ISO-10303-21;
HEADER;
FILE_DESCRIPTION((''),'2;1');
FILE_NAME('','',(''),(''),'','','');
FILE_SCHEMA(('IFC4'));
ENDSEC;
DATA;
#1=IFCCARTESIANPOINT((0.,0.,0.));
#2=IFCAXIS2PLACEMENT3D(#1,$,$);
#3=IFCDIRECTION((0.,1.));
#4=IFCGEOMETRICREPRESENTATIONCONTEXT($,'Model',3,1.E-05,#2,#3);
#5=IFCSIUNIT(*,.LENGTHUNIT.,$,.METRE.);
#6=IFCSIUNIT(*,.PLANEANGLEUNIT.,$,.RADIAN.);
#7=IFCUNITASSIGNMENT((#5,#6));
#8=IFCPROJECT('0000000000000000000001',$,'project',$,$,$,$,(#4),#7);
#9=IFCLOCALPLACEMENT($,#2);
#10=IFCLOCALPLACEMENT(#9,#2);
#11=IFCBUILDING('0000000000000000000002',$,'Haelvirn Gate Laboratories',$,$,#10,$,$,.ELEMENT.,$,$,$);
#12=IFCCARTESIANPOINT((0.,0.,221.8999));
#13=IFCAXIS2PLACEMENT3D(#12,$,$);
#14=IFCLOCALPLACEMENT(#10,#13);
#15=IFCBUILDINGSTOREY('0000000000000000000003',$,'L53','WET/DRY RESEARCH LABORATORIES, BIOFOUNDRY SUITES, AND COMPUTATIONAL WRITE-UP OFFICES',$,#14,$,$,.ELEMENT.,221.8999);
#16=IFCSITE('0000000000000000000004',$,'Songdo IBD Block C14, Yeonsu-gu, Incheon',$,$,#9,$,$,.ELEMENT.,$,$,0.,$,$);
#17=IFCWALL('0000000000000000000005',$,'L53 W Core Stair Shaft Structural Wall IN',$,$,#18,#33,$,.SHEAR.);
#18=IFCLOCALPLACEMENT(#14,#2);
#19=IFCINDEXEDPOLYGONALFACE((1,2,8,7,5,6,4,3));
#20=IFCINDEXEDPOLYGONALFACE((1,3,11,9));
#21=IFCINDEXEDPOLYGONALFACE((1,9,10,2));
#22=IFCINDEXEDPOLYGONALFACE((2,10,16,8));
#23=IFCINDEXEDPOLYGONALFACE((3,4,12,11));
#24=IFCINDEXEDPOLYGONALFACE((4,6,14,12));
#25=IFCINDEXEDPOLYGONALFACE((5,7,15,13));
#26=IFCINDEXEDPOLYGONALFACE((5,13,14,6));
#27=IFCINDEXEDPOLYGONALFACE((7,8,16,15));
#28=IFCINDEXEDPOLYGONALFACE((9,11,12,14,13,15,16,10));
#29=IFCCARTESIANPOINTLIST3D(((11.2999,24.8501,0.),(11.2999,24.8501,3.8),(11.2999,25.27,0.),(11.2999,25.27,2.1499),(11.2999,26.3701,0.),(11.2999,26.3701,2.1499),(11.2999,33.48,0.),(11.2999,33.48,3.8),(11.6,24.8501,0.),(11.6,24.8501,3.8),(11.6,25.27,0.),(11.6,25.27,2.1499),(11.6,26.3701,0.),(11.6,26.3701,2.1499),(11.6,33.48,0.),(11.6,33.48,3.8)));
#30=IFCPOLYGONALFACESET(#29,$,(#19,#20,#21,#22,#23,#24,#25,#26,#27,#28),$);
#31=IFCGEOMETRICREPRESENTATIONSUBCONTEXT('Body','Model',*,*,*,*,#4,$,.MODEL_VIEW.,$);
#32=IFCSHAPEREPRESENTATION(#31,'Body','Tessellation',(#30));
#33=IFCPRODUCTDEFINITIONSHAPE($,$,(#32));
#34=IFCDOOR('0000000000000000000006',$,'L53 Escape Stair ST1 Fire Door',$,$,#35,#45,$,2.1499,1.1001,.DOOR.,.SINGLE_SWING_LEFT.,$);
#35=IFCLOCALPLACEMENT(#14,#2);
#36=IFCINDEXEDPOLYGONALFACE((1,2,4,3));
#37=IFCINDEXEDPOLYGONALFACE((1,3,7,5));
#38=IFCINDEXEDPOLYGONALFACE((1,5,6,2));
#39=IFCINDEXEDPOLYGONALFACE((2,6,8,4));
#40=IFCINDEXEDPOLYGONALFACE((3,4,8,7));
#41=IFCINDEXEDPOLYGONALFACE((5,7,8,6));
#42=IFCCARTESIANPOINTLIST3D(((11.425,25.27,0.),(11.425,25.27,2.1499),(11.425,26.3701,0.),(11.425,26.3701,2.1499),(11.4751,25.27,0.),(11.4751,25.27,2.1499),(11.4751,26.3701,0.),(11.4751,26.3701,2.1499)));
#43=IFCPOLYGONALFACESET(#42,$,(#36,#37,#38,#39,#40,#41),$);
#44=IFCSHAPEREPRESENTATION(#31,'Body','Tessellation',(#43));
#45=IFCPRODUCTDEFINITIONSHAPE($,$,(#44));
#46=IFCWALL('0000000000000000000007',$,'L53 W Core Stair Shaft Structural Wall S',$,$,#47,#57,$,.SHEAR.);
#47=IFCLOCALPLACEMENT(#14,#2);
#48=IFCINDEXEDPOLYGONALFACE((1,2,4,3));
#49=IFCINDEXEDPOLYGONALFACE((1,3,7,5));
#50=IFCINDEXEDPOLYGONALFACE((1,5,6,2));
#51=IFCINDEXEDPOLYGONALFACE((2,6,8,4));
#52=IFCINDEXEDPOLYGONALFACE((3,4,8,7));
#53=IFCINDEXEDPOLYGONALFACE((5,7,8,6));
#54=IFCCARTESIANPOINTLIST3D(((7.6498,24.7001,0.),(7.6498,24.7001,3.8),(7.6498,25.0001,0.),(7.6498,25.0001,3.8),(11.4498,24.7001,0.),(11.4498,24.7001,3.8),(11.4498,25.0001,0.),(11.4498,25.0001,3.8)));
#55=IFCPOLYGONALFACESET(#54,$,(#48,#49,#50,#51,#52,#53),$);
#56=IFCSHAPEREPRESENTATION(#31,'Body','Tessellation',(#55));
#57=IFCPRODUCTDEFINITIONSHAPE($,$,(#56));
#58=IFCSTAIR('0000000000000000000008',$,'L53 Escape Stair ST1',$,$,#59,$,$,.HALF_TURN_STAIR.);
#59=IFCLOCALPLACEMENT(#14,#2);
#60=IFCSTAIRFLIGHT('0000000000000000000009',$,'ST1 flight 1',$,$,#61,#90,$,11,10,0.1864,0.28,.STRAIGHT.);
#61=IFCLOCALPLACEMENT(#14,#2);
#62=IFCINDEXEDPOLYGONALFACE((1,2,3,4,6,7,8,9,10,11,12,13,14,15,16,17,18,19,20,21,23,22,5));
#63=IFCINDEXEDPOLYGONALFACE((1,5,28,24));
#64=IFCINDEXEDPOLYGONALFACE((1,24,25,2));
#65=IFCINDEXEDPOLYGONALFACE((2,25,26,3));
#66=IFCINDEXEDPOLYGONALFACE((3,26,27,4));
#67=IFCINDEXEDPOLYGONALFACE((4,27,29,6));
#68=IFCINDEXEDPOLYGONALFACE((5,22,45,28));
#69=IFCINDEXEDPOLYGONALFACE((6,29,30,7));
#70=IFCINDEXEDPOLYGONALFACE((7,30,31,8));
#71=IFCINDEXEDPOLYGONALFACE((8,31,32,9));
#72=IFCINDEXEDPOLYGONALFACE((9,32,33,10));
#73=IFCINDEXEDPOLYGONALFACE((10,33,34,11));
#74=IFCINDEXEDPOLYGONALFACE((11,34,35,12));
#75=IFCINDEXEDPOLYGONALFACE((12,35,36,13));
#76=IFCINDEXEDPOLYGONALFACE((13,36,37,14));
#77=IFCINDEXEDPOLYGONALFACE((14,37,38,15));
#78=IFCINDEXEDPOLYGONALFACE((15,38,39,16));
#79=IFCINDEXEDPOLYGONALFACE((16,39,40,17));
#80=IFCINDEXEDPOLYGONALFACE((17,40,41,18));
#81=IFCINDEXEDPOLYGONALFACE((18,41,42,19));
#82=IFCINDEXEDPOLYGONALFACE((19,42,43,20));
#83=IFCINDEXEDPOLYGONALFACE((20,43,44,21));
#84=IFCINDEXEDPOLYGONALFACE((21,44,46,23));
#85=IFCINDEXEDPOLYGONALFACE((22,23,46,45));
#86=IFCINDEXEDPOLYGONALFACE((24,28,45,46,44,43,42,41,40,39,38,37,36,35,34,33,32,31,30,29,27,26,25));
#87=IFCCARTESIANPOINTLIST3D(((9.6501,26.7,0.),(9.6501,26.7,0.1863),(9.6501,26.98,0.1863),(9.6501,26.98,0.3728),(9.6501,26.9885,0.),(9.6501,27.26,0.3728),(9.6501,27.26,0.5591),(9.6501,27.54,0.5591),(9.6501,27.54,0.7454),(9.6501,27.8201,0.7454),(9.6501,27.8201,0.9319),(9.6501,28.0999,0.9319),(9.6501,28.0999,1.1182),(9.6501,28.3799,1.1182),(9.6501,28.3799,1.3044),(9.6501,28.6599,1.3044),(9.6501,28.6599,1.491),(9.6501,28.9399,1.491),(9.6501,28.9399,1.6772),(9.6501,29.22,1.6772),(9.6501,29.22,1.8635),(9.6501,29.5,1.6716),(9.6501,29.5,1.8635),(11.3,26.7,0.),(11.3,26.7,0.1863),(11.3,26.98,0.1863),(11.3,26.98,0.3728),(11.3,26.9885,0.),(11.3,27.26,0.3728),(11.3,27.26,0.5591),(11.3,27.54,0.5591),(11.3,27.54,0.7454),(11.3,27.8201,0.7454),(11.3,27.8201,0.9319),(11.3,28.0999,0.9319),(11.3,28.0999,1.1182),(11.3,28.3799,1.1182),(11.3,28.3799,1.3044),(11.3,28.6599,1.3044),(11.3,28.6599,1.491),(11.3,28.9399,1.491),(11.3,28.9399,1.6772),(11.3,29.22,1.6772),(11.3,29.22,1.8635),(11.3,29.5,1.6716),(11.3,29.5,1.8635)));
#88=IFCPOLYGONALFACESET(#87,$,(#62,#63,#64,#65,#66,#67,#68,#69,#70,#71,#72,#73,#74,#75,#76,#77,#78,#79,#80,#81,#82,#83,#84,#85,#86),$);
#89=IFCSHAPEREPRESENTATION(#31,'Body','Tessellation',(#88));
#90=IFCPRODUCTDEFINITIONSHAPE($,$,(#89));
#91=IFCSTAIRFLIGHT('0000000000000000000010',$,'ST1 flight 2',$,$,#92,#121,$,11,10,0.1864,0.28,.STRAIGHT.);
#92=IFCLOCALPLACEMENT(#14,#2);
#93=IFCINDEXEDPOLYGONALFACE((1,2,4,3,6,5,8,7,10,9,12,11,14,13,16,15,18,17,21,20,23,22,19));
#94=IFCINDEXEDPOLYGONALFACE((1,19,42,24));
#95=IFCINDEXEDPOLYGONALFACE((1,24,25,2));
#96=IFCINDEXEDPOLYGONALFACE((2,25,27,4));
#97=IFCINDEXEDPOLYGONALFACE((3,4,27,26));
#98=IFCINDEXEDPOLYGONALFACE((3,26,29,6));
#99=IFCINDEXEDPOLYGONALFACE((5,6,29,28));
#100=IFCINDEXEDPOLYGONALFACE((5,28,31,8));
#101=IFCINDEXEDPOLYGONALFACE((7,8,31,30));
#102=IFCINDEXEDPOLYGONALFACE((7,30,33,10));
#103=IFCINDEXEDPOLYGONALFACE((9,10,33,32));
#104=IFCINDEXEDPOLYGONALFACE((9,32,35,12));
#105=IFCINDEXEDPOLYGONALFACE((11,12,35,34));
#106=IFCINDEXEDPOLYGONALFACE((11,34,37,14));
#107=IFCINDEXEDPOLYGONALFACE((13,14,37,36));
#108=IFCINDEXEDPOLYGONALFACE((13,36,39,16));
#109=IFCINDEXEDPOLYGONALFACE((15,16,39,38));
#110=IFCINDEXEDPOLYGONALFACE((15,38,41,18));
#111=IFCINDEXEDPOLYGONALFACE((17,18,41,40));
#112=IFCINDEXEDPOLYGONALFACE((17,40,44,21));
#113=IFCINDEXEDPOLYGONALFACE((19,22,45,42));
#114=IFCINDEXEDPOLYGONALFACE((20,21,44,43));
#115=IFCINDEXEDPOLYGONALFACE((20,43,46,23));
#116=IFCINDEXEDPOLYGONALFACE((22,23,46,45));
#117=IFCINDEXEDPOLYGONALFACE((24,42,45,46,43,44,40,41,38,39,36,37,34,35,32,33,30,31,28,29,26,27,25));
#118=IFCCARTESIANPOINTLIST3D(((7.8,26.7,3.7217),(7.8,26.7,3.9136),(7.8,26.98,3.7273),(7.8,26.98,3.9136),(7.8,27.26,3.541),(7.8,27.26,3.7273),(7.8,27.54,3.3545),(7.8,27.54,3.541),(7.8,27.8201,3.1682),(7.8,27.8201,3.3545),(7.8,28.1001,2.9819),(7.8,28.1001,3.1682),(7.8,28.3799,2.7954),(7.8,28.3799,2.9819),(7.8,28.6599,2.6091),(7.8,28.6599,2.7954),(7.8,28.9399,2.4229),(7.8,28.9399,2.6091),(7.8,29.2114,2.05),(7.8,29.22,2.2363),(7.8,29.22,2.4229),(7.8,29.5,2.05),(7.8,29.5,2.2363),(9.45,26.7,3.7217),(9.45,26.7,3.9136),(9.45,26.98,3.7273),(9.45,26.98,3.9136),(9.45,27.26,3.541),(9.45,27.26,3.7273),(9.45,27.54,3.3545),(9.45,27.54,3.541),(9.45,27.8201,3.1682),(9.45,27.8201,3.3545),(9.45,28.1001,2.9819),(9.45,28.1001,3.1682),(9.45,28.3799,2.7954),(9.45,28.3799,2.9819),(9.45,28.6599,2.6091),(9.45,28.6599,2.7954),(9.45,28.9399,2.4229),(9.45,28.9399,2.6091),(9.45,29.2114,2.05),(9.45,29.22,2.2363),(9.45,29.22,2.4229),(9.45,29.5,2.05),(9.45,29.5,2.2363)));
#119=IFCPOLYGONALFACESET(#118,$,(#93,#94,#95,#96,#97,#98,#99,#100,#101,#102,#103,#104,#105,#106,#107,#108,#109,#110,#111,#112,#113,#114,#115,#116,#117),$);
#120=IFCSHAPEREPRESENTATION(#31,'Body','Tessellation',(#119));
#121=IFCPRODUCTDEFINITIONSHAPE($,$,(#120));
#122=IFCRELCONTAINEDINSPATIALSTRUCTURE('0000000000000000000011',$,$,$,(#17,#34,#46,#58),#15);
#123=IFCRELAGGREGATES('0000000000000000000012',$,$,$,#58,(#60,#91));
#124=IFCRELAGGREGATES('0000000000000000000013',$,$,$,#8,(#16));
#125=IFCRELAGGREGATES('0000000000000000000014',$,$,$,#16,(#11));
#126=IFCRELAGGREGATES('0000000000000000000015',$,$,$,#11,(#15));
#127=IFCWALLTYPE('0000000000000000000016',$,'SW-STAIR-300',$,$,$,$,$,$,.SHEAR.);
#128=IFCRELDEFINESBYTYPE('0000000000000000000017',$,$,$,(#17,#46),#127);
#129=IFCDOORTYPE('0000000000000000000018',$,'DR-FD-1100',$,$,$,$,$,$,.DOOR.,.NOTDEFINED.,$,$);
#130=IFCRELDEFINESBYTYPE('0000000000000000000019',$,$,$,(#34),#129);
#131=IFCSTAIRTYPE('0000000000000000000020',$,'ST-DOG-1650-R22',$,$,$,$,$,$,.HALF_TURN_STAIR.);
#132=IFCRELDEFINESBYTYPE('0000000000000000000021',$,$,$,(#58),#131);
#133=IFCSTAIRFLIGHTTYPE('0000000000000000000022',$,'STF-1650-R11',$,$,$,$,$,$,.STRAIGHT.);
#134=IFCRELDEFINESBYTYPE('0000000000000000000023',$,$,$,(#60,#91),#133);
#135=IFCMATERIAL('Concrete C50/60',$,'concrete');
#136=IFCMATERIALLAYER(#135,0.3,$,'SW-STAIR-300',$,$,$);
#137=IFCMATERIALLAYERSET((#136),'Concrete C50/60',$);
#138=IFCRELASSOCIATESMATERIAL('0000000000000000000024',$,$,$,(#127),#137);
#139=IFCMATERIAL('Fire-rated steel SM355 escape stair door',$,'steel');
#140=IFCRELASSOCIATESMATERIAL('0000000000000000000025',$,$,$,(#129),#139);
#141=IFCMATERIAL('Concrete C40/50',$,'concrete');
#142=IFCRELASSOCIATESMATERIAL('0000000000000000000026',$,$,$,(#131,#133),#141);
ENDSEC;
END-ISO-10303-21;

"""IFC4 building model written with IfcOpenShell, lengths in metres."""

from ifc_helpers import new_model, si_unit, direction, frame, frame_2d, origin, place, context, subcontext, project, spatial, polyline, rectangle, outline, extrude, source, transform, mapped, material, layer, layer_set, type_object, type_shapes, element, fill, aggregate, save


model = new_model("IFC4")

# Units and contexts
model_context = context("Model", 3, precision=1e-05, world=origin(), true_north=direction((0.0, 1.0)))
body_context = subcontext(model_context, "Body", "Model", "MODEL_VIEW")
ifc_project = project(units=[si_unit("LENGTHUNIT", "METRE"), si_unit("PLANEANGLEUNIT", "RADIAN")], contexts=[model_context])

# Site, building, storey
site_placement = place(None, origin())
site = spatial("IfcSite", under=ifc_project, at=site_placement, Name="Songdo IBD Block C14, Yeonsu-gu, Incheon", CompositionType="ELEMENT", RefElevation=0.0)
building_placement = place(site_placement, origin())
building = spatial("IfcBuilding", under=site, at=building_placement, Name="Haelvirn Gate Laboratories", CompositionType="ELEMENT")
storey_placement = place(building_placement, frame((0.0, 0.0, 221.8999)))
storey = spatial("IfcBuildingStorey", under=building, at=storey_placement, Name="L53", Description="WET/DRY RESEARCH LABORATORIES, BIOFOUNDRY SUITES, AND COMPUTATIONAL WRITE-UP OFFICES", CompositionType="ELEMENT", Elevation=221.8999)

# Shared definitions
ifc_material_1 = material(Name="Concrete C50/60", Category="concrete")

# Shared definitions
ifc_material_2 = material(Name="Concrete C40/50", Category="concrete")

# Wall, opening, door
ifc_layer_1 = layer(ifc_material_1, 0.3, Name="SW-STAIR-300")
ifc_layer_set_1 = layer_set([ifc_layer_1], Name="Concrete C50/60")
wall_type_1 = type_object("IfcWallType", Name="SW-STAIR-300", PredefinedType="SHEAR", material=ifc_layer_set_1)
wall_1_placement = place(storey_placement, frame((11.45, 24.8501, 0.0), z_axis=(0.0, 0.0, 1.0), x_axis=(0.0, 1.0, 0.0)))
wall_1 = element("IfcWall", 1, at=wall_1_placement, inside=storey, type_object=wall_type_1, Name="L53 W Core Stair Shaft Structural Wall IN", PredefinedType="SHEAR", context=body_context, shape_type="SweptSolid", body=[
    extrude(rectangle(XDim=8.6299, YDim=0.3, at=frame_2d((4.3149, 0.0))), origin(), (0.0, 0.0, 1.0), 3.8),
])
opening_placement = place(wall_1_placement, frame((0.4199, 0.0, 0.0)))
opening = element("IfcOpeningElement", 2, at=opening_placement, cuts=wall_1, PredefinedType="OPENING", context=body_context, shape_type="SweptSolid", body=[
    extrude(rectangle(XDim=1.1001, YDim=2.1499, at=frame_2d((0.55, 1.075))), frame((0.0, 0.1602, 0.0), z_axis=(0.0, -1.0, 0.0), x_axis=(1.0, 0.0, 0.0)), (0.0, 0.0, 1.0), 0.3201),
])
ifc_material_3 = material(Name="Fire-rated steel SM355 escape stair door", Category="steel")
door_type = type_object("IfcDoorType", Name="DR-FD-1100", OperationType="NOTDEFINED", PredefinedType="DOOR", material=ifc_material_3)
shared_shape_1 = source(origin(), body_context, "Body", "SweptSolid", [
    extrude(rectangle(XDim=1.1001, YDim=2.1499, at=frame_2d((0.55, 1.075))), frame((0.0, 0.0249, 0.0), z_axis=(0.0, -1.0, 0.0), x_axis=(1.0, 0.0, 0.0)), (0.0, 0.0, 1.0), 0.05),
])
type_shapes(door_type, [shared_shape_1])
door_placement = place(opening_placement, origin())
door = element("IfcDoor", 3, at=door_placement, inside=storey, type_object=door_type, Name="L53 Escape Stair ST1 Fire Door", OperationType="SINGLE_SWING_LEFT", OverallHeight=2.1499, OverallWidth=1.1001, PredefinedType="DOOR", context=body_context, shape_type="MappedRepresentation", body=[
    mapped(shared_shape_1, transform((0.0, 0.0, 0.0), scale=1.0)),
])
fill(opening, door)

# Wall
wall_2_placement = place(storey_placement, frame((7.6499, 24.8501, 0.0), z_axis=(0.0, 0.0, 1.0), x_axis=(1.0, 0.0, 0.0)))
element("IfcWall", 4, at=wall_2_placement, inside=storey, type_object=wall_type_1, Name="L53 W Core Stair Shaft Structural Wall S", PredefinedType="SHEAR", context=body_context, shape_type="SweptSolid", body=[
    extrude(rectangle(XDim=3.8, YDim=0.3, at=frame_2d((1.8999, 0.0))), origin(), (0.0, 0.0, 1.0), 3.8),
])

# Stair, stair flights
stair_type = type_object("IfcStairType", Name="ST-DOG-1650-R22", PredefinedType="HALF_TURN_STAIR", material=ifc_material_2)
stair_placement = place(storey_placement, origin())
stair = element("IfcStair", 5, at=stair_placement, inside=storey, type_object=stair_type, Name="L53 Escape Stair ST1", PredefinedType="HALF_TURN_STAIR")
stair_flight_type = type_object("IfcStairFlightType", Name="STF-1650-R11", PredefinedType="STRAIGHT", material=ifc_material_2)
shared_shape_2 = source(origin(), body_context, "Body", "SweptSolid", [
    extrude(outline(polyline([(0.0, 0.0), (0.0, 0.1863), (0.28, 0.1863), (0.28, 0.3728), (0.5601, 0.3728), (0.5601, 0.5591), (0.8401, 0.5591), (0.8401, 0.7454), (1.1201, 0.7454), (1.1201, 0.9319), (1.3999, 0.9319), (1.3999, 1.1182), (1.6799, 1.1182), (1.6799, 1.3044), (1.96, 1.3044), (1.96, 1.491), (2.24, 1.491), (2.24, 1.6772), (2.52, 1.6772), (2.52, 1.8635), (2.8, 1.8635), (2.8, 2.05), (2.8, 1.6716), (0.2886, 0.0), (0.0, 0.0)])), frame((0.0, 0.825, 0.0), z_axis=(0.0, -1.0, 0.0), x_axis=(1.0, 0.0, 0.0)), (0.0, 0.0, 1.0), 1.6499),
])
type_shapes(stair_flight_type, [shared_shape_2])
stair_flight_1_placement = place(storey_placement, frame((10.4751, 26.7, 0.0), z_axis=(0.0, 0.0, 1.0), x_axis=(0.0, 1.0, 0.0)))
stair_flight_1 = element("IfcStairFlight", 6, at=stair_flight_1_placement, type_object=stair_flight_type, Name="ST1 flight 1", NumberOfRisers=11, NumberOfTreads=10, PredefinedType="STRAIGHT", RiserHeight=0.1864, TreadLength=0.28, context=body_context, shape_type="MappedRepresentation", body=[
    mapped(shared_shape_2, transform((0.0, 0.0, 0.0), scale=1.0)),
])
stair_flight_2_placement = place(storey_placement, frame((8.625, 29.5, 2.05), z_axis=(0.0, 0.0, 1.0), x_axis=(0.0, -1.0, 0.0)))
stair_flight_2 = element("IfcStairFlight", 7, at=stair_flight_2_placement, type_object=stair_flight_type, Name="ST1 flight 2", NumberOfRisers=11, NumberOfTreads=10, PredefinedType="STRAIGHT", RiserHeight=0.1864, TreadLength=0.28, context=body_context, shape_type="MappedRepresentation", body=[
    mapped(shared_shape_2, transform((0.0, 0.0, 0.0), scale=1.0)),
])
aggregate(stair, [stair_flight_1, stair_flight_2])

save(model, "model.ifc")
